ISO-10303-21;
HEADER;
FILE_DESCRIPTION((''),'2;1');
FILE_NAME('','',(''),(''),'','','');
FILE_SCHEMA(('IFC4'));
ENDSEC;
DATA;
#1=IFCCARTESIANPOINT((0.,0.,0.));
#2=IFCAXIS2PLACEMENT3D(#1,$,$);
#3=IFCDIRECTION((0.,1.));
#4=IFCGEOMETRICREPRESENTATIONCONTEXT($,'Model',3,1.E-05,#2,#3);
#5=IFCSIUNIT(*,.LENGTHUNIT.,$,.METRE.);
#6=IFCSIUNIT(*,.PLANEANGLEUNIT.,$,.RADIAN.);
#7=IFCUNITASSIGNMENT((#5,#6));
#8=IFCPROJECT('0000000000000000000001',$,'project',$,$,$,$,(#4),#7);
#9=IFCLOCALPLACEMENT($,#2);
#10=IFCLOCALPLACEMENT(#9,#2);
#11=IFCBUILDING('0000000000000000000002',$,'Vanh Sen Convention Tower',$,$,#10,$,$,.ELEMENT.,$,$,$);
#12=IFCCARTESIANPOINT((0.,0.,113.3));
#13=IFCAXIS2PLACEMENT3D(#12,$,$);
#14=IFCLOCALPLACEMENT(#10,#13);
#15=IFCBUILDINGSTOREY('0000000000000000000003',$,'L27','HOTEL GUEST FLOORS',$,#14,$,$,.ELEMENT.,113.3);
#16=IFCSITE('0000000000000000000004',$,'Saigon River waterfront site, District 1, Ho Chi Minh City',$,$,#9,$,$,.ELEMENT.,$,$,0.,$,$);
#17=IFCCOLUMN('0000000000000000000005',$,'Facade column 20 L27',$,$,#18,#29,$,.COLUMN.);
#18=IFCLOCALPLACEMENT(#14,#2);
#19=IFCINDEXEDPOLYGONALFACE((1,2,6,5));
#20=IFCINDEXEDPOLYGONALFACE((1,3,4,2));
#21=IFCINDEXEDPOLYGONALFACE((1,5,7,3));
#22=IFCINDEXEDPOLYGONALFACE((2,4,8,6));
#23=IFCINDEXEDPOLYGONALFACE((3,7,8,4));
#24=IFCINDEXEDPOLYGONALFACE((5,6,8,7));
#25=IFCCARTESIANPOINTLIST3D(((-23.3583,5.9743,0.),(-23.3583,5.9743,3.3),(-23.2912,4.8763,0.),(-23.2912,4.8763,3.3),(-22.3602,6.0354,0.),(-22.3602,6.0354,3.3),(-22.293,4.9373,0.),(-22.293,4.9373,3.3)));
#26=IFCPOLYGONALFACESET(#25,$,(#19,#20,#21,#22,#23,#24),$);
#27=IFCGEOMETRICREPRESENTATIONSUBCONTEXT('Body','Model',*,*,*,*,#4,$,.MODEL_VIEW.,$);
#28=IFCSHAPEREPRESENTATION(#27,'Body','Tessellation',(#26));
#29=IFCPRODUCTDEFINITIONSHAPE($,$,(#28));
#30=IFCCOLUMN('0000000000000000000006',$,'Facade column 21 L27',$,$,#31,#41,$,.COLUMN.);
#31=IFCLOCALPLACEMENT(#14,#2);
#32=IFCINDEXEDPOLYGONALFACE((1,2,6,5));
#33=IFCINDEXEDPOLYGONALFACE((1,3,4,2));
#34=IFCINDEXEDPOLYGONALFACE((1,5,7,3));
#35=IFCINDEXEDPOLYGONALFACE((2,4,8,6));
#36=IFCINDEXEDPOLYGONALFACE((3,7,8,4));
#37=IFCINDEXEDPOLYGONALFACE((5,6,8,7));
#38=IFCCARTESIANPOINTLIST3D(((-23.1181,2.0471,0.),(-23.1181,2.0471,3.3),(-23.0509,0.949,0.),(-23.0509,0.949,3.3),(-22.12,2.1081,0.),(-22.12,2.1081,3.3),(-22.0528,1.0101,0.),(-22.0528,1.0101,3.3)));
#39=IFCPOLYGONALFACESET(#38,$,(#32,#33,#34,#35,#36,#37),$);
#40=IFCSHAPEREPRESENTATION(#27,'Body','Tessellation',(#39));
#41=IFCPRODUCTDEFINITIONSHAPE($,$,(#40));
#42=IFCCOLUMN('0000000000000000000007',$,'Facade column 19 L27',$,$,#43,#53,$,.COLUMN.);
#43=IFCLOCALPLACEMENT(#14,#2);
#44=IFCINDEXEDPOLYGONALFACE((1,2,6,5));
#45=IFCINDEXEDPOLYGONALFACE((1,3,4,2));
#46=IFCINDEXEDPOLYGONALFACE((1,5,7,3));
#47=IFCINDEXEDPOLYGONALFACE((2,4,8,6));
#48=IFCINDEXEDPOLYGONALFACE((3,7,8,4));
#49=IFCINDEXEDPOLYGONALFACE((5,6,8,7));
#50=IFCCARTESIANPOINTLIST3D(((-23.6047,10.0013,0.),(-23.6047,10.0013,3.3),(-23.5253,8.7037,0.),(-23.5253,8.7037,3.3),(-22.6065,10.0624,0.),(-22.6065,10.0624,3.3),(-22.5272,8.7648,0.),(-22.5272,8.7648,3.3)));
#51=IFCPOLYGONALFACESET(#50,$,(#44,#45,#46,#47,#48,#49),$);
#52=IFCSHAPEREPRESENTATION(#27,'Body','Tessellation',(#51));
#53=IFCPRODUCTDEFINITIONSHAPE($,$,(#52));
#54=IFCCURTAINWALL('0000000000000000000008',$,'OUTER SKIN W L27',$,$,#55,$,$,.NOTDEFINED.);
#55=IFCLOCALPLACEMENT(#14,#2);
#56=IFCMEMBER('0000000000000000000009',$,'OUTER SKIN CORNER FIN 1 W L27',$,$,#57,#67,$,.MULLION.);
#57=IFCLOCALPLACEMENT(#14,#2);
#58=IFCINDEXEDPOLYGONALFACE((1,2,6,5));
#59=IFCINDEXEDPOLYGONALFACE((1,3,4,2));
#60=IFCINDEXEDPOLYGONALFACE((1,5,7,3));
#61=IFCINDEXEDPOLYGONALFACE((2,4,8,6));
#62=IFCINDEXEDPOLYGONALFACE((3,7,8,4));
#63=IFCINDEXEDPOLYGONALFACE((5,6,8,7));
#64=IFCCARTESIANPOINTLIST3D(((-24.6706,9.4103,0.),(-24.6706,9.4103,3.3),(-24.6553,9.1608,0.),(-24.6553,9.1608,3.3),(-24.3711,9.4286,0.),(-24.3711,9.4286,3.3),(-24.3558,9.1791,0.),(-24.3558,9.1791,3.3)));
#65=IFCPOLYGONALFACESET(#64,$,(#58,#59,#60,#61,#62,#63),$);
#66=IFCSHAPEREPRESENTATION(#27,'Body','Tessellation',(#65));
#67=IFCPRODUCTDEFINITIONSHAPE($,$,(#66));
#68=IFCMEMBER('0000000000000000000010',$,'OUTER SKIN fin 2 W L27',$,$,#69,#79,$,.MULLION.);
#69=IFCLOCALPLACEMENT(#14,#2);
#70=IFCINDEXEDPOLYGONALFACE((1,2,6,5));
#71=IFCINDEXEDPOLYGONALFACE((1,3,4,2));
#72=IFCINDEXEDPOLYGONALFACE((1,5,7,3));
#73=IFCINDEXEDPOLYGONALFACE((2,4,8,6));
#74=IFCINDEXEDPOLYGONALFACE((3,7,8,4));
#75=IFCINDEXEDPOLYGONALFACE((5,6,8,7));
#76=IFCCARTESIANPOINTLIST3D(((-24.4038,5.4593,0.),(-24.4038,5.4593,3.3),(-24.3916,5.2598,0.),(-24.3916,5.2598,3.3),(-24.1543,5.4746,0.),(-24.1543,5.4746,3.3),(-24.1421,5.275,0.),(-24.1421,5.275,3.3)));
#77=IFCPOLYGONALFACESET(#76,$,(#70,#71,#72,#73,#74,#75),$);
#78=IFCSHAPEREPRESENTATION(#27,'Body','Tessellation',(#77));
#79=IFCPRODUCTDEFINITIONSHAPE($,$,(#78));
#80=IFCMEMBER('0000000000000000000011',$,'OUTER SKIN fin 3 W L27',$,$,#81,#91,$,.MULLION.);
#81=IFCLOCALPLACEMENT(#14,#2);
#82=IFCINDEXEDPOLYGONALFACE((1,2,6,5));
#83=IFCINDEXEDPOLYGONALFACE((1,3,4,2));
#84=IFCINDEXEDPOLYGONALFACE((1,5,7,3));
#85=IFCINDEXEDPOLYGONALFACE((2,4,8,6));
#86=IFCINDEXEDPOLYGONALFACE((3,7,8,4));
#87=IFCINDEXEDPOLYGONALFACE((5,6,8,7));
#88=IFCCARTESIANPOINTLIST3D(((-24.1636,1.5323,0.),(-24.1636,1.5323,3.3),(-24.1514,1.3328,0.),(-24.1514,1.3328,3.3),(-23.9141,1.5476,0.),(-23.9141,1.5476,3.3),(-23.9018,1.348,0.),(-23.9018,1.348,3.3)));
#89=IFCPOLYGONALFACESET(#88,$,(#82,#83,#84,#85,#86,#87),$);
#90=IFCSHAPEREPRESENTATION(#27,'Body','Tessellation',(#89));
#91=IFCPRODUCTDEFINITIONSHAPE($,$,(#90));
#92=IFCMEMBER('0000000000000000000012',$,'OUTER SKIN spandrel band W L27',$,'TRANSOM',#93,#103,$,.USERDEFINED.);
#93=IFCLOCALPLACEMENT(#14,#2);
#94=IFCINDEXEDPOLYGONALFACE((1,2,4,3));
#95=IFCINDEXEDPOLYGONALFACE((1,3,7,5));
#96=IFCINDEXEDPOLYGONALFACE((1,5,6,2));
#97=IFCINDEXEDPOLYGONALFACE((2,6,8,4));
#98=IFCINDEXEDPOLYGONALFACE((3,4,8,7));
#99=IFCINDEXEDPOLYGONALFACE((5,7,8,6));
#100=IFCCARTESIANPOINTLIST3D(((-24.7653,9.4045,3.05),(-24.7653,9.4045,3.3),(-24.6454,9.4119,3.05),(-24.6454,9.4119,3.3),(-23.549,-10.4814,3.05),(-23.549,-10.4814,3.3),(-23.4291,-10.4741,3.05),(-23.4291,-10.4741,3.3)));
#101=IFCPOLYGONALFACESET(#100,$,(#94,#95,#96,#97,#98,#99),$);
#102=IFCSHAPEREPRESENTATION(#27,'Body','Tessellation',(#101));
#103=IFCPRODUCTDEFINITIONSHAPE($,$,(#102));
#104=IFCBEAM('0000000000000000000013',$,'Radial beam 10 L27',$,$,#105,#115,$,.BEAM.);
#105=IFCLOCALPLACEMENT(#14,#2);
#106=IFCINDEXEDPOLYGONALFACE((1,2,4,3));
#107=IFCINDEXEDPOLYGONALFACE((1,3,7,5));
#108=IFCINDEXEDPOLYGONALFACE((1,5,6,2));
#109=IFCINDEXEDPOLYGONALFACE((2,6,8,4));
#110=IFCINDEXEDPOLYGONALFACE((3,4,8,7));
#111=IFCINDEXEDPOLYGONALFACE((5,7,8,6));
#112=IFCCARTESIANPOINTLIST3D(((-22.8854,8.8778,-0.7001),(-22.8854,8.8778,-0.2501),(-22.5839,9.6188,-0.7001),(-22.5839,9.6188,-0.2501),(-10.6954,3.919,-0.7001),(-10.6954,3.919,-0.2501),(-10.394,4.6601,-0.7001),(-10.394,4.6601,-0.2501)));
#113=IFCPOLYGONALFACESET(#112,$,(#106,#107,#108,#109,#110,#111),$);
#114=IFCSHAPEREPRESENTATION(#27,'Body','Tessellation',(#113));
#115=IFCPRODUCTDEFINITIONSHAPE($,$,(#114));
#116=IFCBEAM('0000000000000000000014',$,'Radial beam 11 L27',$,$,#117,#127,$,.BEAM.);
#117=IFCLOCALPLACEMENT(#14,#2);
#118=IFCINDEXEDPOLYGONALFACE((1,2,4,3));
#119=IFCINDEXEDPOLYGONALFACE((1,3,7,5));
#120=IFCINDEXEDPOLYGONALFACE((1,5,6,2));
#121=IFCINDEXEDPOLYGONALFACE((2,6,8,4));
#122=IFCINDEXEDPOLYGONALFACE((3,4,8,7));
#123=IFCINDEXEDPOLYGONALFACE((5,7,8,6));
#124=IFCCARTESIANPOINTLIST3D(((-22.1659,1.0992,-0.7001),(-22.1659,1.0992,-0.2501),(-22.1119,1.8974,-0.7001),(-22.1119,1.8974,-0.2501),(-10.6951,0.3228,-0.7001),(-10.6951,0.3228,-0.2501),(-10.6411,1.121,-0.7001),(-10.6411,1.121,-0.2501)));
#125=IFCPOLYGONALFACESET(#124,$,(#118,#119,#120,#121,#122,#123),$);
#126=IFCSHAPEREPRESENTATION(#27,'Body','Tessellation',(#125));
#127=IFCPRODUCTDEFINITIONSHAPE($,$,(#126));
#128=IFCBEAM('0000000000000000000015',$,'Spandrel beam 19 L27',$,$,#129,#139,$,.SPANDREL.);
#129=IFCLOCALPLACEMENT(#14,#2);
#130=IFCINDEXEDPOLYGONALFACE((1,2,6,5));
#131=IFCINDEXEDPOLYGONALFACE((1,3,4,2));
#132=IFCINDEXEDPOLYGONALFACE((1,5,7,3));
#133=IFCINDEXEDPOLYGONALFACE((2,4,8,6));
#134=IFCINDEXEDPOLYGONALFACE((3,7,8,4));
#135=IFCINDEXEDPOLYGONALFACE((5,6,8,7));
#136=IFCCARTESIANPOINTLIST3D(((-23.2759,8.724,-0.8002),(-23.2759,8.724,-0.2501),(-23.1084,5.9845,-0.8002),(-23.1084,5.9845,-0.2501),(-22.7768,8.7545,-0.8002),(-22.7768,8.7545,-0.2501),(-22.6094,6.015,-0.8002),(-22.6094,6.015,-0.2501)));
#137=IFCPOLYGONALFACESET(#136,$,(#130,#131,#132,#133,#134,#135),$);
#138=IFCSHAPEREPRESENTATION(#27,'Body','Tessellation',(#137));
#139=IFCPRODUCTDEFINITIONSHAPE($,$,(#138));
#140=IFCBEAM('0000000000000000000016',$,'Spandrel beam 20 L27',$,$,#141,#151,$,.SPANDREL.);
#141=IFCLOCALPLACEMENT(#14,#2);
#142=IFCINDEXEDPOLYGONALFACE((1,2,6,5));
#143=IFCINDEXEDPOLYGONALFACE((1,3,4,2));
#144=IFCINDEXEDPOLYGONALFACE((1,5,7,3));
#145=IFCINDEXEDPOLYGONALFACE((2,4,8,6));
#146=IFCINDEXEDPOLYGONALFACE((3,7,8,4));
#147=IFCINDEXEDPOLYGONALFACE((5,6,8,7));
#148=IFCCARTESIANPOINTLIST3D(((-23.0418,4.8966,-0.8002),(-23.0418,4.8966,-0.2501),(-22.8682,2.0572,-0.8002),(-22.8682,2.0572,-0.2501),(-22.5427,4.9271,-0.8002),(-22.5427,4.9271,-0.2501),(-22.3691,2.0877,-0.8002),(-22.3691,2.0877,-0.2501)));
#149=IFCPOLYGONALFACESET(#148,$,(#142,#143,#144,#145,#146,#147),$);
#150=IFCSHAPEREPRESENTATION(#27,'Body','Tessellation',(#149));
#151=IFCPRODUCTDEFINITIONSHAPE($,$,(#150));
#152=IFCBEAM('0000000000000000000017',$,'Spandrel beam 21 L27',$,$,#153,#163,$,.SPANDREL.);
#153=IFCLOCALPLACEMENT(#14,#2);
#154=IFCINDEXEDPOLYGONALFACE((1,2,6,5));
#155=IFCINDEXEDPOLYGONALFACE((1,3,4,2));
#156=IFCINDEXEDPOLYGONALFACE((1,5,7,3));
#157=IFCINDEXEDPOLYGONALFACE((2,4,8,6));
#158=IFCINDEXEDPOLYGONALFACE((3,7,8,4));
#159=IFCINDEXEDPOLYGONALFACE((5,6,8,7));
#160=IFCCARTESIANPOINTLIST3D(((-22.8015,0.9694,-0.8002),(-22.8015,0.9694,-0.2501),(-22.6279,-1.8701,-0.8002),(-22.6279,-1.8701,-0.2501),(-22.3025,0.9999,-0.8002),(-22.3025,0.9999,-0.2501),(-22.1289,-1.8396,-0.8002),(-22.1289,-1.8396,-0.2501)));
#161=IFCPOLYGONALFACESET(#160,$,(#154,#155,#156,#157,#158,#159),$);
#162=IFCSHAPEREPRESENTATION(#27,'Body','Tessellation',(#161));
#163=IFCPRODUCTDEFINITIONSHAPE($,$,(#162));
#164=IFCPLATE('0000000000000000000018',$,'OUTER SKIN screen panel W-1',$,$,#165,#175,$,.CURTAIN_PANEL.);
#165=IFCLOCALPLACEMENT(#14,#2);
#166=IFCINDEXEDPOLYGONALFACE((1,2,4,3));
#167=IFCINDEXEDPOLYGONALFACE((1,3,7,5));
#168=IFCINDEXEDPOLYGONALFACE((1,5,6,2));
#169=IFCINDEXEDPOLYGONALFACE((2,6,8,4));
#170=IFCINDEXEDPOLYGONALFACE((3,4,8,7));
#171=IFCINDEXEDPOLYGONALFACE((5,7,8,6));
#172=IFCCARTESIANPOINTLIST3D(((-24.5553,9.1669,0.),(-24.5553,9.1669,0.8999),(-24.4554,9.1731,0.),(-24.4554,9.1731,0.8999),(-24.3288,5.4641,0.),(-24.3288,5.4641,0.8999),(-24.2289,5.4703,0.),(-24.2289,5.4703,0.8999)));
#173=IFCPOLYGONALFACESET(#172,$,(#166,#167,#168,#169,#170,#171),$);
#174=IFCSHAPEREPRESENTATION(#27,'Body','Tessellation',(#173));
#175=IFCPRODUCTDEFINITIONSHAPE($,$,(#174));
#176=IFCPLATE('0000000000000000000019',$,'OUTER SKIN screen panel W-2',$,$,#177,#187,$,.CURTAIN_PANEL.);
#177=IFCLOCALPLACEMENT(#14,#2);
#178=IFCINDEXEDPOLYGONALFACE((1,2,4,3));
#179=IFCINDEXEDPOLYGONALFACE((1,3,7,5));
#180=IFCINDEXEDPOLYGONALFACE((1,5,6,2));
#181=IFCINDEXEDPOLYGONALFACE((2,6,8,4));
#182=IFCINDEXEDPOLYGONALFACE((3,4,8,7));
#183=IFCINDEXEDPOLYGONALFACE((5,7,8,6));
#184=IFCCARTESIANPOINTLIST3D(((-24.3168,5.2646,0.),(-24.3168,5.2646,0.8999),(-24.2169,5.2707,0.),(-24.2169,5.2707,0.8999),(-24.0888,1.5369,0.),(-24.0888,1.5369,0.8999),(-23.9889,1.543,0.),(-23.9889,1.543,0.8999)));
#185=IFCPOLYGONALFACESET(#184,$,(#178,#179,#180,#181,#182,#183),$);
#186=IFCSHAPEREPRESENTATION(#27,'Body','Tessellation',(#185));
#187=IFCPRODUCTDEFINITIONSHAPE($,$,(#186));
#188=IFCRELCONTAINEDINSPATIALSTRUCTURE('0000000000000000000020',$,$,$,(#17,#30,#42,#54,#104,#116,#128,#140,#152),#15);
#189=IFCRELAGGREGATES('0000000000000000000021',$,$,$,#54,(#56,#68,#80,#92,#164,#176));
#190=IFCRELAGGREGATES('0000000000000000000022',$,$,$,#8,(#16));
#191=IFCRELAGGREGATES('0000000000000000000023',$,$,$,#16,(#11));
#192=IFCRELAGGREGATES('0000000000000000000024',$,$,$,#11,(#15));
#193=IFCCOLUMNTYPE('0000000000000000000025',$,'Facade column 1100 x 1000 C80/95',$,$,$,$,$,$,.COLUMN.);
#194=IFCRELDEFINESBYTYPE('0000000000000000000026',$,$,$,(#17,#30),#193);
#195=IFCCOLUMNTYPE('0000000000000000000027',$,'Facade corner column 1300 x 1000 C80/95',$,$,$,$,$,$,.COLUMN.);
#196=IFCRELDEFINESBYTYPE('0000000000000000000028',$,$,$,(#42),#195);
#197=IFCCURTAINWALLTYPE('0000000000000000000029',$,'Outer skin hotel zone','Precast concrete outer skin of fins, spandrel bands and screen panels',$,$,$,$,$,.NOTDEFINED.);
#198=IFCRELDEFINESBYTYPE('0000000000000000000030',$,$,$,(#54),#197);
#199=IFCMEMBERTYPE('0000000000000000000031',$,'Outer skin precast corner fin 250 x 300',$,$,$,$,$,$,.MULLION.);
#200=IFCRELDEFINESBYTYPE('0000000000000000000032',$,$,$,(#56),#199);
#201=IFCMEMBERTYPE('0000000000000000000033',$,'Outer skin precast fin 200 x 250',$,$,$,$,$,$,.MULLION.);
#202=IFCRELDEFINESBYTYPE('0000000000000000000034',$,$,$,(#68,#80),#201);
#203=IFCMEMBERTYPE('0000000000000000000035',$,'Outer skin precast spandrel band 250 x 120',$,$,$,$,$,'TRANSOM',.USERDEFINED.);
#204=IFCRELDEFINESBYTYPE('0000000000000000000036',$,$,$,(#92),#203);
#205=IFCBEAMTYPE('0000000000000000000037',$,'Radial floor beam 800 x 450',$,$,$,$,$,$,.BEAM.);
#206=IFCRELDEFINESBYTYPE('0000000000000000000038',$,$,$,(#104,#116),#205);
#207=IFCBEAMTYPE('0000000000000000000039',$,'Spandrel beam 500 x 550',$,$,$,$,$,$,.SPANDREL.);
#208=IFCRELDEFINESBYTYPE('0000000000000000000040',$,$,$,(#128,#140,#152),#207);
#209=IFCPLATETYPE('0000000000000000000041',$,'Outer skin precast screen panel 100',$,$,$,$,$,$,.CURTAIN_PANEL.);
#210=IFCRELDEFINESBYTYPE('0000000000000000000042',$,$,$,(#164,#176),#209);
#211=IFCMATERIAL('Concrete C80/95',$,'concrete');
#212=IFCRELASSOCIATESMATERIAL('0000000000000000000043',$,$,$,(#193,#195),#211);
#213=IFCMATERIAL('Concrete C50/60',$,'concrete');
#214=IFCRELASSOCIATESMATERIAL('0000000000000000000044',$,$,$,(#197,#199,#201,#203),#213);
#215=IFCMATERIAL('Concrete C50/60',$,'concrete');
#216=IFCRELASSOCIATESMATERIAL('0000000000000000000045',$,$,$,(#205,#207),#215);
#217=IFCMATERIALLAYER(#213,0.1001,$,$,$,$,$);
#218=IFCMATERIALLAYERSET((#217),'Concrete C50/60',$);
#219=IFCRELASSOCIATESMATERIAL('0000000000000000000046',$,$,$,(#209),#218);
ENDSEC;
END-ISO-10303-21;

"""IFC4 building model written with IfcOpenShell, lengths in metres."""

from ifc_helpers import new_model, si_unit, direction, frame, origin, origin_2d, place, context, subcontext, project, spatial, rectangle, extrude, material, layer, layer_set, material_profile, profile_set, type_object, element, aggregate, save


model = new_model("IFC4")

# Units and contexts
model_context = context("Model", 3, precision=1e-05, world=origin(), true_north=direction((0.0, 1.0)))
body_context = subcontext(model_context, "Body", "Model", "MODEL_VIEW")
ifc_project = project(units=[si_unit("LENGTHUNIT", "METRE"), si_unit("PLANEANGLEUNIT", "RADIAN")], contexts=[model_context])

# Site, building, storey
site_placement = place(None, origin())
site = spatial("IfcSite", under=ifc_project, at=site_placement, Name="Saigon River waterfront site, District 1, Ho Chi Minh City", CompositionType="ELEMENT", RefElevation=0.0)
building_placement = place(site_placement, origin())
building = spatial("IfcBuilding", under=site, at=building_placement, Name="Vanh Sen Convention Tower", CompositionType="ELEMENT")
storey_placement = place(building_placement, frame((0.0, 0.0, 113.3)))
storey = spatial("IfcBuildingStorey", under=building, at=storey_placement, Name="L27", Description="HOTEL GUEST FLOORS", CompositionType="ELEMENT", Elevation=113.3)

# Columns
ifc_material_1 = material(Name="Concrete C80/95", Category="concrete")
ifc_material_profile_1 = material_profile(ifc_material_1, rectangle(XDim=1.1001, YDim=1.0, at=origin_2d()), Name="RC 1100X1000")
ifc_profile_set_1 = profile_set([ifc_material_profile_1], Name="Concrete C80/95")
column_type_1 = type_object("IfcColumnType", Name="Facade column 1100 x 1000 C80/95", PredefinedType="COLUMN", material=ifc_profile_set_1)
for number, where, z_axis, x_axis, name in (
    (1, (-22.8257, 5.4558, 0.0), (0.0, 0.0, 1.0), (0.061049, -0.998135, 0.0), "Facade column 20 L27"),
    (2, (-22.5854, 1.5286, 0.0), (0.0, 0.0, 1.0), (0.061049, -0.998135, 0.0), "Facade column 21 L27"),
):
    element("IfcColumn", number, at=place(storey_placement, frame(where, z_axis=z_axis, x_axis=x_axis)), inside=storey, type_object=column_type_1, Name=name, PredefinedType="COLUMN", context=body_context, shape_type="SweptSolid", body=[
        extrude(rectangle(XDim=1.1001, YDim=1.0, at=origin_2d()), origin(), (0.0, 0.0, 1.0), 3.3),
    ])
ifc_material_profile_2 = material_profile(ifc_material_1, rectangle(XDim=1.3, YDim=1.0, at=origin_2d()), Name="RC 1300X1000")
ifc_profile_set_2 = profile_set([ifc_material_profile_2], Name="Concrete C80/95")
column_type_2 = type_object("IfcColumnType", Name="Facade corner column 1300 x 1000 C80/95", PredefinedType="COLUMN", material=ifc_profile_set_2)
column_placement = place(storey_placement, frame((-23.0659, 9.3831, 0.0), z_axis=(0.0, 0.0, 1.0), x_axis=(0.061049, -0.998135, 0.0)))
element("IfcColumn", 3, at=column_placement, inside=storey, type_object=column_type_2, Name="Facade column 19 L27", PredefinedType="COLUMN", context=body_context, shape_type="SweptSolid", body=[
    extrude(rectangle(XDim=1.3, YDim=1.0, at=origin_2d()), origin(), (0.0, 0.0, 1.0), 3.3),
])

# Curtain wall, members
ifc_material_2 = material(Name="Concrete C50/60", Category="concrete")
curtain_wall_type = type_object("IfcCurtainWallType", Name="Outer skin hotel zone", Description="Precast concrete outer skin of fins, spandrel bands and screen panels", PredefinedType="NOTDEFINED", material=ifc_material_2)
curtain_wall_placement = place(storey_placement, origin())
curtain_wall = element("IfcCurtainWall", 4, at=curtain_wall_placement, inside=storey, type_object=curtain_wall_type, Name="OUTER SKIN W L27", PredefinedType="NOTDEFINED")
ifc_material_profile_3 = material_profile(ifc_material_2, rectangle(XDim=0.25, YDim=0.3, at=origin_2d()), Name="Outer skin precast corner fin 250 x 300")
ifc_profile_set_3 = profile_set([ifc_material_profile_3], Name="Concrete C50/60")
member_type_1 = type_object("IfcMemberType", Name="Outer skin precast corner fin 250 x 300", PredefinedType="MULLION", material=ifc_profile_set_3)
member_1_placement = place(storey_placement, frame((-24.5132, 9.2947, 0.0), z_axis=(0.0, 0.0, 1.0), x_axis=(0.061049, -0.998135, 0.0)))
member_1 = element("IfcMember", 5, at=member_1_placement, type_object=member_type_1, Name="OUTER SKIN CORNER FIN 1 W L27", PredefinedType="MULLION", context=body_context, shape_type="SweptSolid", body=[
    extrude(rectangle(XDim=0.25, YDim=0.3, at=origin_2d()), origin(), (0.0, 0.0, 1.0), 3.3),
])
ifc_material_profile_4 = material_profile(ifc_material_2, rectangle(XDim=0.2, YDim=0.25, at=origin_2d()), Name="Outer skin precast fin 200 x 250")
ifc_profile_set_4 = profile_set([ifc_material_profile_4], Name="Concrete C50/60")
member_type_2 = type_object("IfcMemberType", Name="Outer skin precast fin 200 x 250", PredefinedType="MULLION", material=ifc_profile_set_4)
member_2_placement = place(storey_placement, frame((-24.2729, 5.3672, 0.0), z_axis=(0.0, 0.0, 1.0), x_axis=(0.061049, -0.998135, 0.0)))
member_2 = element("IfcMember", 6, at=member_2_placement, type_object=member_type_2, Name="OUTER SKIN fin 2 W L27", PredefinedType="MULLION", context=body_context, shape_type="SweptSolid", body=[
    extrude(rectangle(XDim=0.2, YDim=0.25, at=origin_2d()), origin(), (0.0, 0.0, 1.0), 3.3),
])
member_3_placement = place(storey_placement, frame((-24.0327, 1.4402, 0.0), z_axis=(0.0, 0.0, 1.0), x_axis=(0.061049, -0.998135, 0.0)))
member_3 = element("IfcMember", 7, at=member_3_placement, type_object=member_type_2, Name="OUTER SKIN fin 3 W L27", PredefinedType="MULLION", context=body_context, shape_type="SweptSolid", body=[
    extrude(rectangle(XDim=0.2, YDim=0.25, at=origin_2d()), origin(), (0.0, 0.0, 1.0), 3.3),
])
ifc_material_profile_5 = material_profile(ifc_material_2, rectangle(XDim=0.1201, YDim=0.25, at=origin_2d()), Name="Outer skin precast spandrel band 250 x 120")
ifc_profile_set_5 = profile_set([ifc_material_profile_5], Name="Concrete C50/60")
member_type_3 = type_object("IfcMemberType", Name="Outer skin precast spandrel band 250 x 120", ElementType="TRANSOM", PredefinedType="USERDEFINED", material=ifc_profile_set_5)
member_4_placement = place(storey_placement, frame((-24.7053, 9.4082, 3.175), z_axis=(0.06105, -0.998135, 0.0), x_axis=(0.998135, 0.06105, 0.0)))
member_4 = element("IfcMember", 8, at=member_4_placement, type_object=member_type_3, Name="OUTER SKIN spandrel band W L27", ObjectType="TRANSOM", PredefinedType="USERDEFINED", context=body_context, shape_type="SweptSolid", body=[
    extrude(rectangle(XDim=0.1201, YDim=0.25, at=origin_2d()), origin(), (0.0, 0.0, 1.0), 19.9231),
])

# Beams
ifc_material_3 = material(Name="Concrete C50/60", Category="concrete")
ifc_material_profile_6 = material_profile(ifc_material_3, rectangle(XDim=0.8, YDim=0.45, at=origin_2d()), Name="RC 800X450")
ifc_profile_set_6 = profile_set([ifc_material_profile_6], Name="Concrete C50/60")
beam_type_1 = type_object("IfcBeamType", Name="Radial floor beam 800 x 450", PredefinedType="BEAM", material=ifc_profile_set_6)
beam_1_placement = place(storey_placement, frame((-22.7346, 9.2483, -0.4751), z_axis=(0.926292, -0.376806, 0.0), x_axis=(0.376806, 0.926292, 0.0)))
element("IfcBeam", 9, at=beam_1_placement, inside=storey, type_object=beam_type_1, Name="Radial beam 10 L27", PredefinedType="BEAM", context=body_context, shape_type="SweptSolid", body=[
    extrude(rectangle(XDim=0.8, YDim=0.45, at=origin_2d()), origin(), (0.0, 0.0, 1.0), 13.1599),
])
beam_2_placement = place(storey_placement, frame((-22.1389, 1.4983, -0.4751), z_axis=(0.997717, -0.067527, 0.0), x_axis=(0.067527, 0.997717, 0.0)))
element("IfcBeam", 10, at=beam_2_placement, inside=storey, type_object=beam_type_1, Name="Radial beam 11 L27", PredefinedType="BEAM", context=body_context, shape_type="SweptSolid", body=[
    extrude(rectangle(XDim=0.8, YDim=0.45, at=origin_2d()), origin(), (0.0, 0.0, 1.0), 11.4971),
])
ifc_material_profile_7 = material_profile(ifc_material_3, rectangle(XDim=0.5, YDim=0.55, at=origin_2d()), Name="RC 500X550")
ifc_profile_set_7 = profile_set([ifc_material_profile_7], Name="Concrete C50/60")
beam_type_2 = type_object("IfcBeamType", Name="Spandrel beam 500 x 550", PredefinedType="SPANDREL", material=ifc_profile_set_7)
beam_3_placement = place(storey_placement, frame((-23.0264, 8.7393, -0.5251), z_axis=(0.061021, -0.998136, 0.0), x_axis=(0.998136, 0.061021, 0.0)))
element("IfcBeam", 11, at=beam_3_placement, inside=storey, type_object=beam_type_2, Name="Spandrel beam 19 L27", PredefinedType="SPANDREL", context=body_context, shape_type="SweptSolid", body=[
    extrude(rectangle(XDim=0.5, YDim=0.55, at=origin_2d()), origin(), (0.0, 0.0, 1.0), 2.7446),
])
for number, where, z_axis, x_axis, name in (
    (12, (-22.7922, 4.9119, -0.5251), (0.061021, -0.998136, 0.0), (0.998136, 0.061021, 0.0), "Spandrel beam 20 L27"),
    (13, (-22.552, 0.9846, -0.5251), (0.061021, -0.998136, 0.0), (0.998136, 0.061021, 0.0), "Spandrel beam 21 L27"),
):
    element("IfcBeam", number, at=place(storey_placement, frame(where, z_axis=z_axis, x_axis=x_axis)), inside=storey, type_object=beam_type_2, Name=name, PredefinedType="SPANDREL", context=body_context, shape_type="SweptSolid", body=[
        extrude(rectangle(XDim=0.5, YDim=0.55, at=origin_2d()), origin(), (0.0, 0.0, 1.0), 2.8447),
    ])

# Plates
ifc_layer_1 = layer(ifc_material_2, 0.1001)
ifc_layer_set_1 = layer_set([ifc_layer_1], Name="Concrete C50/60")
plate_type = type_object("IfcPlateType", Name="Outer skin precast screen panel 100", PredefinedType="CURTAIN_PANEL", material=ifc_layer_set_1)
plate_1_placement = place(storey_placement, frame((-24.3921, 7.3186, 0.0), z_axis=(0.0, 0.0, 1.0), x_axis=(0.061047, -0.998135, 0.0)))
plate_1 = element("IfcPlate", 14, at=plate_1_placement, type_object=plate_type, Name="OUTER SKIN screen panel W-1", PredefinedType="CURTAIN_PANEL", context=body_context, shape_type="SweptSolid", body=[
    extrude(rectangle(XDim=3.7097, YDim=0.1001, at=origin_2d()), origin(), (0.0, 0.0, 1.0), 0.8999),
])
plate_2_placement = place(storey_placement, frame((-24.1528, 3.4038, 0.0), z_axis=(0.0, 0.0, 1.0), x_axis=(0.061049, -0.998135, 0.0)))
plate_2 = element("IfcPlate", 15, at=plate_2_placement, type_object=plate_type, Name="OUTER SKIN screen panel W-2", PredefinedType="CURTAIN_PANEL", context=body_context, shape_type="SweptSolid", body=[
    extrude(rectangle(XDim=3.7346, YDim=0.1001, at=origin_2d()), origin(), (0.0, 0.0, 1.0), 0.8999),
])
aggregate(curtain_wall, [member_1, member_2, member_3, member_4, plate_1, plate_2])

save(model, "model.ifc")
